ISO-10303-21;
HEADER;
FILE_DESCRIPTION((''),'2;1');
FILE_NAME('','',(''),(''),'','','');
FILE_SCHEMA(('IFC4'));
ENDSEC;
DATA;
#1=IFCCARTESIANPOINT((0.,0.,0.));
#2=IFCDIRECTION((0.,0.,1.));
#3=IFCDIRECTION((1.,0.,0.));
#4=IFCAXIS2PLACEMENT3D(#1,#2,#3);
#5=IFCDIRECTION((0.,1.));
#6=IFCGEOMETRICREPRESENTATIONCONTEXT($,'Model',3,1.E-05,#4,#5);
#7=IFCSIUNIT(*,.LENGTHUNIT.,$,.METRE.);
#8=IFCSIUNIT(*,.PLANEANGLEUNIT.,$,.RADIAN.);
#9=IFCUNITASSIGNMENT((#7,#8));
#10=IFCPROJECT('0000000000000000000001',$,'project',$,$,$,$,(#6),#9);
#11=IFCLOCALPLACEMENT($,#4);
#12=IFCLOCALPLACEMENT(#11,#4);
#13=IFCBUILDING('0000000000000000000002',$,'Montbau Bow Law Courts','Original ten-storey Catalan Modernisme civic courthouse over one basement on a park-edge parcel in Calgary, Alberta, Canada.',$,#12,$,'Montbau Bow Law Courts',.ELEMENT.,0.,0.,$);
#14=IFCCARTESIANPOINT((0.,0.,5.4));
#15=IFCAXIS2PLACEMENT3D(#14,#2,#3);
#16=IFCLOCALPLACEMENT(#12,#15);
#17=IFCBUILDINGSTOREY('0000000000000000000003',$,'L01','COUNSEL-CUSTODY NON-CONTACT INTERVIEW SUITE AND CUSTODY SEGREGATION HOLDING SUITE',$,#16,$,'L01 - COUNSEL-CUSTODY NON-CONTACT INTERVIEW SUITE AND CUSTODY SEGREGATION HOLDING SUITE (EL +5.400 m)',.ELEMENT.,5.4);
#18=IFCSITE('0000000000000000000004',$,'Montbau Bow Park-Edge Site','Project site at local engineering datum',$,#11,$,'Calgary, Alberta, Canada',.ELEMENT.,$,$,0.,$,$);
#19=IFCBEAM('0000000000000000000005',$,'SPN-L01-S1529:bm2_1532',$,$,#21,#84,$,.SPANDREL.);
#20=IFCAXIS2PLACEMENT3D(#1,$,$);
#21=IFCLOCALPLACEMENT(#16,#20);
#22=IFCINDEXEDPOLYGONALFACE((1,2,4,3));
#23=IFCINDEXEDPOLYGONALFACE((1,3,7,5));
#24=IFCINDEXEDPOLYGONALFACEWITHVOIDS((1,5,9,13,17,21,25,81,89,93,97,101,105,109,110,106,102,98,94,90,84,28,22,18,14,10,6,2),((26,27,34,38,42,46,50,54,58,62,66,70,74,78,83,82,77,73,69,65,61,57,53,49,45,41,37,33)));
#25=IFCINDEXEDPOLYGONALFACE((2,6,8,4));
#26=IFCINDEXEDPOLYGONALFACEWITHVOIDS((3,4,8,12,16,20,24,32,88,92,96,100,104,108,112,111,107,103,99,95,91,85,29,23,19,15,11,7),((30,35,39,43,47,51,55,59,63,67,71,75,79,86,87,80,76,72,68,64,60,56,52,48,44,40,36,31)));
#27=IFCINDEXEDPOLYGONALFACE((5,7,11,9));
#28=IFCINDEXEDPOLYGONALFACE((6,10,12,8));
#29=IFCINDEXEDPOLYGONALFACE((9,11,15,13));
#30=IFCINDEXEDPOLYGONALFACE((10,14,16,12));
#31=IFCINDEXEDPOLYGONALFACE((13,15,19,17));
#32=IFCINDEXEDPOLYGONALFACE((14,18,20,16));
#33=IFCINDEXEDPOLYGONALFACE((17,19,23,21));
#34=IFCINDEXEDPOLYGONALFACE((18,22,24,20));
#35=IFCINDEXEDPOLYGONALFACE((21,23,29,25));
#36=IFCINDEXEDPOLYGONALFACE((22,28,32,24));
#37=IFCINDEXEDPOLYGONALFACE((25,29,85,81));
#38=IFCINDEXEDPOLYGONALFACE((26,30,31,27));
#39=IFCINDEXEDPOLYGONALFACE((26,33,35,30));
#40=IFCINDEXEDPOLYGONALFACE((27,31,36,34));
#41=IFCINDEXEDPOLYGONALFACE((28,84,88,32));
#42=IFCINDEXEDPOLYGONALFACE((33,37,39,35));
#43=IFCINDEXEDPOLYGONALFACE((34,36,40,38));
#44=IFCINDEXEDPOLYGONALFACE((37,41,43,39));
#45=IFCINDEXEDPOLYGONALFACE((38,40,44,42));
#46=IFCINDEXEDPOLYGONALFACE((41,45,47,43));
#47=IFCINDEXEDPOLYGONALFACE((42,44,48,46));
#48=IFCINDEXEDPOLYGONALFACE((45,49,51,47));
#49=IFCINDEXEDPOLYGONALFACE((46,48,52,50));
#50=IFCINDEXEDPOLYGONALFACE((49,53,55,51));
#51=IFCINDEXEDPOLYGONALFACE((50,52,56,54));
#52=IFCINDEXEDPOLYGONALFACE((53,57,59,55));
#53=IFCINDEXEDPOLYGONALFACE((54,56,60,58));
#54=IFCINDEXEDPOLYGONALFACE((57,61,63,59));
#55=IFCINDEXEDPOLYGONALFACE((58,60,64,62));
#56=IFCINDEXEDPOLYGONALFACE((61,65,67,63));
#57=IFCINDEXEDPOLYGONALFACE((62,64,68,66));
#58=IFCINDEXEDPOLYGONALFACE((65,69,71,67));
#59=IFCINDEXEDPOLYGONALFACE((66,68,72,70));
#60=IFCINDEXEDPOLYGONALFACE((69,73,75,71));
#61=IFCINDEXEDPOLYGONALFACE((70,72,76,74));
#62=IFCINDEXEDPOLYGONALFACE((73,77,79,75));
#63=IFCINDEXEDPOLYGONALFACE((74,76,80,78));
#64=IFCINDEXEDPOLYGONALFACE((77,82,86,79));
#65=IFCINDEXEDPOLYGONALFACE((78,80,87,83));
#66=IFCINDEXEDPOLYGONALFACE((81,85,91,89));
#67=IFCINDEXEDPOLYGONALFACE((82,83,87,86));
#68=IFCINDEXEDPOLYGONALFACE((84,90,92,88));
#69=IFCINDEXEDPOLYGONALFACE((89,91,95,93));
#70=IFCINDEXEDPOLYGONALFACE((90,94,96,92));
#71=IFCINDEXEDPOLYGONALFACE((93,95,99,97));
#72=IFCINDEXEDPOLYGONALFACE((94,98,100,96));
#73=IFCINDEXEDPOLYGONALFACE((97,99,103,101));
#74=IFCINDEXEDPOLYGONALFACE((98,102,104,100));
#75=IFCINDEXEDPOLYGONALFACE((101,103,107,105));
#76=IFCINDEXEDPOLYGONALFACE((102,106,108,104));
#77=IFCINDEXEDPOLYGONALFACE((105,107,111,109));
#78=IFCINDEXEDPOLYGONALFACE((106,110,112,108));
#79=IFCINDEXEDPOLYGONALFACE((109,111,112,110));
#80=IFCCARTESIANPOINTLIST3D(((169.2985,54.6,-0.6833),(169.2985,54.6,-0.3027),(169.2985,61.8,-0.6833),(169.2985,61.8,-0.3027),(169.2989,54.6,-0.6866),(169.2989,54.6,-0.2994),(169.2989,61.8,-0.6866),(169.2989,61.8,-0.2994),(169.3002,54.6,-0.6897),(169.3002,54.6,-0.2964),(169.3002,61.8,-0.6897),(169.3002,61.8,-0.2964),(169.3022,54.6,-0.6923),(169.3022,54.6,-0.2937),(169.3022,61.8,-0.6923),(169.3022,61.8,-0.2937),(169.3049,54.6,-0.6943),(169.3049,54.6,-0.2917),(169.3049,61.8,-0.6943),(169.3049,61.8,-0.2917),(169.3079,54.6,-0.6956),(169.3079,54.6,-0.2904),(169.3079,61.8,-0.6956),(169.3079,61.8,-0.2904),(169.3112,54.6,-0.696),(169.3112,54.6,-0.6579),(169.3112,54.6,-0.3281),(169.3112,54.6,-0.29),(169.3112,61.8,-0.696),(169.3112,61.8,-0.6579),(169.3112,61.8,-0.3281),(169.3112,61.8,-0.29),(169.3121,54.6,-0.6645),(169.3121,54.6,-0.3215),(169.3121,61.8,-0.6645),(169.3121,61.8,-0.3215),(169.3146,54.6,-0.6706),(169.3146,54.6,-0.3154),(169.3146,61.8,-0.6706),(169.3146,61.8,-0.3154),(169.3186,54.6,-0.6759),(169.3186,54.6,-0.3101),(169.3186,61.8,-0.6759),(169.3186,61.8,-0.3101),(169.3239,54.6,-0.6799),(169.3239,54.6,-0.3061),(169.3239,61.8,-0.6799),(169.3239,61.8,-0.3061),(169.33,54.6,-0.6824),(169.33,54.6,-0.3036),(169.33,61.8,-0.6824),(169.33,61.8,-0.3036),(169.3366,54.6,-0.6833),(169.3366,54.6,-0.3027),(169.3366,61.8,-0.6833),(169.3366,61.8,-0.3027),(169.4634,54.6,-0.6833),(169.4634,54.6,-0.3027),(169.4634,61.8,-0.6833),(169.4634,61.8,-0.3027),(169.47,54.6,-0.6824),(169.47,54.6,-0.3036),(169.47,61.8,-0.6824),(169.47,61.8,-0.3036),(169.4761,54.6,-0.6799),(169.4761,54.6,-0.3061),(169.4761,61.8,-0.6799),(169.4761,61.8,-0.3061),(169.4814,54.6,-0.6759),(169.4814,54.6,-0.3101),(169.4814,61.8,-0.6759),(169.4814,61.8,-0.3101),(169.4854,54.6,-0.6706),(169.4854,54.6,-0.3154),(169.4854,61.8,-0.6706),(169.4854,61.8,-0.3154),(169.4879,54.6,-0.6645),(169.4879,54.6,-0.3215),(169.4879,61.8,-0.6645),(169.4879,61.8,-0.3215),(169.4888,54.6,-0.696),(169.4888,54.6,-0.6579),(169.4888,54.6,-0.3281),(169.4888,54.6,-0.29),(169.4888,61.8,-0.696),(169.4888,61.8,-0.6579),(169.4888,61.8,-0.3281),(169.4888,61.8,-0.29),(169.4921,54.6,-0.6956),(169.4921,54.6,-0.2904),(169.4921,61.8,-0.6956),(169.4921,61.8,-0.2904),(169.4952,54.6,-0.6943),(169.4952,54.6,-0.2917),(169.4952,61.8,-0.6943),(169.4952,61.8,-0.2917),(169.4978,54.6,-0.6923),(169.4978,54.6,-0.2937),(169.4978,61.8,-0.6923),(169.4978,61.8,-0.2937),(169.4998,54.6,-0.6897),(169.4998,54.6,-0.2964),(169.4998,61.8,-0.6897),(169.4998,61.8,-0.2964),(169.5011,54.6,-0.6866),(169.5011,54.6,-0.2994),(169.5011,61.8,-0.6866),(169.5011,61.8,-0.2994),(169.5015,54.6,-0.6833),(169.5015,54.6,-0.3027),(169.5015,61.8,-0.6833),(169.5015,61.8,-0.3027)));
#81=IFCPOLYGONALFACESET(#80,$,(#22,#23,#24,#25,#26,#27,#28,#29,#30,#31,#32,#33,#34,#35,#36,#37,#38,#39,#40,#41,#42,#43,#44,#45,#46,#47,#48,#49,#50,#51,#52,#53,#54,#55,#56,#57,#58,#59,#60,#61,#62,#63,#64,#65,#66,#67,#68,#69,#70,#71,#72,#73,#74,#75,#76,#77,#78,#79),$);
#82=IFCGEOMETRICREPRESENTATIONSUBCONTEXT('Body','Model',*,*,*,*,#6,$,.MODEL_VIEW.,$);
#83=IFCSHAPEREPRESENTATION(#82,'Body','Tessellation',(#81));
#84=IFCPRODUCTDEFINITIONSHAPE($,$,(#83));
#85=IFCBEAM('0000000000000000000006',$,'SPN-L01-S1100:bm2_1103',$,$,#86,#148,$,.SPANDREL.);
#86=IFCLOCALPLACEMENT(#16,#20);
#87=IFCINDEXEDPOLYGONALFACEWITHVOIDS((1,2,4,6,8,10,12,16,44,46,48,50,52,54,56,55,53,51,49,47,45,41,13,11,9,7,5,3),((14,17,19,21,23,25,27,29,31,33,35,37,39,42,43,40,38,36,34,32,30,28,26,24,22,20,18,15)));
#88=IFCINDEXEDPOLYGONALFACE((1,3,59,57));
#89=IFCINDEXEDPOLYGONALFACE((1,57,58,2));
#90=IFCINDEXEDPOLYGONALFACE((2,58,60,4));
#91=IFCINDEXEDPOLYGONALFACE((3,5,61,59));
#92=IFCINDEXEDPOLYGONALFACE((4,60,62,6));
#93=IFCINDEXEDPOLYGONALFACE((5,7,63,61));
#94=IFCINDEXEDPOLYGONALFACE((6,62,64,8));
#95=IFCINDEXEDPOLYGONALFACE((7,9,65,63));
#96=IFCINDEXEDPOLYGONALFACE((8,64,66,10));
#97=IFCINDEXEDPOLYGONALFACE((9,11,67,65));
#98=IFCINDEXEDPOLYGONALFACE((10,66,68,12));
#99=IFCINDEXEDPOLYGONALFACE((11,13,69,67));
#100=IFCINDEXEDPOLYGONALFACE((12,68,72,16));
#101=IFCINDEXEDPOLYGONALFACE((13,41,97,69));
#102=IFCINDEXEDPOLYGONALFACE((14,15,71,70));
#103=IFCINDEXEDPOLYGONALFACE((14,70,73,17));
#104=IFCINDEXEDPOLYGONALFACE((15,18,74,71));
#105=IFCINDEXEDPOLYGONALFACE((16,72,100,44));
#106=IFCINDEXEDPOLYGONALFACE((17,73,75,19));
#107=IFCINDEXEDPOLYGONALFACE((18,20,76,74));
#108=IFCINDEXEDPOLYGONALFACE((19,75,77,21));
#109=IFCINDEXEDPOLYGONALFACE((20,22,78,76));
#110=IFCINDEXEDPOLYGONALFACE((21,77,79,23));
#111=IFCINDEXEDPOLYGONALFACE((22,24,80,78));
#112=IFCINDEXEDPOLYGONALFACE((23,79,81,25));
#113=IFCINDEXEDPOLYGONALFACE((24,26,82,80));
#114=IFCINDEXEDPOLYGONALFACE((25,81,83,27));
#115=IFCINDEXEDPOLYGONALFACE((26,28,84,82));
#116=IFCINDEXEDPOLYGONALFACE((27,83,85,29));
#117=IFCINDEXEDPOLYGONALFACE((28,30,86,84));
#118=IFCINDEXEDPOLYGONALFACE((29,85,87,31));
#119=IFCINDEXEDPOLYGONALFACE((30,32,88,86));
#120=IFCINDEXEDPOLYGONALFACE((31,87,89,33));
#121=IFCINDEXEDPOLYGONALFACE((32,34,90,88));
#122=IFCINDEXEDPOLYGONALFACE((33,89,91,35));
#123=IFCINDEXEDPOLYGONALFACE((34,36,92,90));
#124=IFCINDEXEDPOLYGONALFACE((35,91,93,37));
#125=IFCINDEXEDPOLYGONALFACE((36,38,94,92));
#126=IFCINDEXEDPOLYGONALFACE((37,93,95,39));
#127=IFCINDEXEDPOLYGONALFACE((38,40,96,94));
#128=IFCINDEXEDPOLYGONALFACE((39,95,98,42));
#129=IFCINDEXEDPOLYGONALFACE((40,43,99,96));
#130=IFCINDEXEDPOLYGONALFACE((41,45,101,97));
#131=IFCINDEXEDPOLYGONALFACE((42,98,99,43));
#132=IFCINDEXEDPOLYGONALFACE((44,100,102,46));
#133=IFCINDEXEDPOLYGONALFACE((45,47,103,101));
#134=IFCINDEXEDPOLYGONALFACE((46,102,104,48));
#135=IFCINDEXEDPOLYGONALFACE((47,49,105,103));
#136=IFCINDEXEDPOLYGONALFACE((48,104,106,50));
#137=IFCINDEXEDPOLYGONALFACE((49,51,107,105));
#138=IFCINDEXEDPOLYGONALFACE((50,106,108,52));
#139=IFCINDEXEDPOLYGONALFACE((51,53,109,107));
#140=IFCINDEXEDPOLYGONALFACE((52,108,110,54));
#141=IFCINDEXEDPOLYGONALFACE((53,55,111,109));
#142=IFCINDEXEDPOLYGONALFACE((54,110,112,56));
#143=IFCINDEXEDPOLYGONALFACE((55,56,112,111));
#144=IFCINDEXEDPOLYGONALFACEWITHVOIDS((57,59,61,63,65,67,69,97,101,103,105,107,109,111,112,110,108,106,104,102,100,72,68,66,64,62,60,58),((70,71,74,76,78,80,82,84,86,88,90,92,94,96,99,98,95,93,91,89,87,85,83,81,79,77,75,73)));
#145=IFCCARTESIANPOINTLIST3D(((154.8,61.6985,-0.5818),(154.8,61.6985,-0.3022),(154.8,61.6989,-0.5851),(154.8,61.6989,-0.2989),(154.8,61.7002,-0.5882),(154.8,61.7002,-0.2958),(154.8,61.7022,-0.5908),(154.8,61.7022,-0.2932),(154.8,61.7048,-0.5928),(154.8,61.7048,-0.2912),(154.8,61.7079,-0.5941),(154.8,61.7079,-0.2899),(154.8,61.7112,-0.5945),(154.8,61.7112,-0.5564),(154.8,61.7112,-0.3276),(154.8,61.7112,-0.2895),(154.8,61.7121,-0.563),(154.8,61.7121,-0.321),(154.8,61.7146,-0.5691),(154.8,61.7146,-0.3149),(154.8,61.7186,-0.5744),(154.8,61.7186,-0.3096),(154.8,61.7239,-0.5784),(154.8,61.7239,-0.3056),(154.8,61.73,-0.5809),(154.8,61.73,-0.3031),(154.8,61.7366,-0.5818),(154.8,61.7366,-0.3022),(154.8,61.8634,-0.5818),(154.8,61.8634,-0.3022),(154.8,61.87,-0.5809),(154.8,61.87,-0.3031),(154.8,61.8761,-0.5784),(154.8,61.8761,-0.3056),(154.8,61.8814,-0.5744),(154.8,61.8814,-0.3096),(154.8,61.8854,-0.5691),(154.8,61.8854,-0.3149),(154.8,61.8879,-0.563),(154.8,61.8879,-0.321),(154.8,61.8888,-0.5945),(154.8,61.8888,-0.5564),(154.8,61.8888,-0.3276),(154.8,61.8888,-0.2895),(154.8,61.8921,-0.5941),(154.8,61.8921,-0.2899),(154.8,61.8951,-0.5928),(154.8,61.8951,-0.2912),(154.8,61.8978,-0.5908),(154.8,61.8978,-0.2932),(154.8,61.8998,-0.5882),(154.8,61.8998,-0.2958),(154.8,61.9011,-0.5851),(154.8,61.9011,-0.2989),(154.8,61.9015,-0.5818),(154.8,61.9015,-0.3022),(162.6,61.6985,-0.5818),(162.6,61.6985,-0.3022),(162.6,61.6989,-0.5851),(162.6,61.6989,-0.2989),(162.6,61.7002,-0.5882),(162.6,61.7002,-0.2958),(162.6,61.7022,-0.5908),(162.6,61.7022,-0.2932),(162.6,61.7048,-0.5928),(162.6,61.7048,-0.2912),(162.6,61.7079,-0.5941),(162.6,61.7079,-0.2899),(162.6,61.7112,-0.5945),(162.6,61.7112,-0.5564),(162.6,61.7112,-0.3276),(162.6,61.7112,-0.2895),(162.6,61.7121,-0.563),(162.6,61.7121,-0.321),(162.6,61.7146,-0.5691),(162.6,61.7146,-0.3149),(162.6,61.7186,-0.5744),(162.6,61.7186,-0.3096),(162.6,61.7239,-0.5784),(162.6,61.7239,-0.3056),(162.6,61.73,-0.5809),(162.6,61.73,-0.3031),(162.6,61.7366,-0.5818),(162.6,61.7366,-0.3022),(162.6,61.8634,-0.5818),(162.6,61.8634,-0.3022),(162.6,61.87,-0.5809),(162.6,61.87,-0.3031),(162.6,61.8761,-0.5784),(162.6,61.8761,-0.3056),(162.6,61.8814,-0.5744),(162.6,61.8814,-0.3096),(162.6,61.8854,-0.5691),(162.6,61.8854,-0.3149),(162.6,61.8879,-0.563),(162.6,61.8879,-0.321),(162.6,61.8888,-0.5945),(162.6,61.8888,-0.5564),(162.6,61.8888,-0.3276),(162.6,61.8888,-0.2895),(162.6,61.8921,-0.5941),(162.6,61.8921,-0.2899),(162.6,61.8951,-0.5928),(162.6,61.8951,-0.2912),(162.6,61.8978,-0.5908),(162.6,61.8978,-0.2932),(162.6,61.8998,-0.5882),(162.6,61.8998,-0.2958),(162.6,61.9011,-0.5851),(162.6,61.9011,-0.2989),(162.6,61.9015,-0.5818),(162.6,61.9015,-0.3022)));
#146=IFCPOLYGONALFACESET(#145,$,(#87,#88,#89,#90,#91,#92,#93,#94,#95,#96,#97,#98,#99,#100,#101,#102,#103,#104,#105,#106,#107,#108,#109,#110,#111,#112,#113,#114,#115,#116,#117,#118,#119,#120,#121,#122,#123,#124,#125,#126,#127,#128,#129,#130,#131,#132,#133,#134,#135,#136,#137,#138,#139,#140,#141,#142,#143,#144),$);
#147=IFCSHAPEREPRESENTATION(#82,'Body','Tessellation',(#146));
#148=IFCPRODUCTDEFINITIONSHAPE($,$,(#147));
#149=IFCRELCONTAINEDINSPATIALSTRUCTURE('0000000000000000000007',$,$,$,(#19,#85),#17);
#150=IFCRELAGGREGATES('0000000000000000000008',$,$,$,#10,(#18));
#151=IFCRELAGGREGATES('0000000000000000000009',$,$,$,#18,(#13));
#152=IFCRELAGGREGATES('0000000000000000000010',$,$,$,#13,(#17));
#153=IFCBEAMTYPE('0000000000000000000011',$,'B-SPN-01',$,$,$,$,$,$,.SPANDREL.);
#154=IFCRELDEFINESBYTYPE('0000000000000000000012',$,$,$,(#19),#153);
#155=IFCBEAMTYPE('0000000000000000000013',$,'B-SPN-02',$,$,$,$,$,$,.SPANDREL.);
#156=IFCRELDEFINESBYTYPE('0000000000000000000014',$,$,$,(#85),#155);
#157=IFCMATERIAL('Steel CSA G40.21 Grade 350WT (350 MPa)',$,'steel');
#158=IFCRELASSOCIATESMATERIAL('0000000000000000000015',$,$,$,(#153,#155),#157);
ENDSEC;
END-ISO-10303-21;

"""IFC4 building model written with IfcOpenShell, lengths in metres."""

from ifc_helpers import new_model, si_unit, direction, frame, origin_with_axes, origin_2d_with_axis, place, context, subcontext, project, spatial, hollow_rectangle, extrude, material, material_profile, profile_set, type_object, element, save


model = new_model("IFC4")

# Units and contexts
model_context = context("Model", 3, precision=1e-05, world=origin_with_axes(), true_north=direction((0.0, 1.0)))
body_context = subcontext(model_context, "Body", "Model", "MODEL_VIEW")
ifc_project = project(units=[si_unit("LENGTHUNIT", "METRE"), si_unit("PLANEANGLEUNIT", "RADIAN")], contexts=[model_context])

# Site, building, storey
site_placement = place(None, origin_with_axes())
site = spatial("IfcSite", under=ifc_project, at=site_placement, Name="Montbau Bow Park-Edge Site", Description="Project site at local engineering datum", LongName="Calgary, Alberta, Canada", CompositionType="ELEMENT", RefElevation=0.0)
building_placement = place(site_placement, origin_with_axes())
building = spatial("IfcBuilding", under=site, at=building_placement, Name="Montbau Bow Law Courts", Description="Original ten-storey Catalan Modernisme civic courthouse over one basement on a park-edge parcel in Calgary, Alberta, Canada.", LongName="Montbau Bow Law Courts", CompositionType="ELEMENT", ElevationOfRefHeight=0.0, ElevationOfTerrain=0.0)
storey_placement = place(building_placement, frame((0.0, 0.0, 5.4), z_axis=(0.0, 0.0, 1.0), x_axis=(1.0, 0.0, 0.0)))
storey = spatial("IfcBuildingStorey", under=building, at=storey_placement, Name="L01", Description="COUNSEL-CUSTODY NON-CONTACT INTERVIEW SUITE AND CUSTODY SEGREGATION HOLDING SUITE", LongName="L01 - COUNSEL-CUSTODY NON-CONTACT INTERVIEW SUITE AND CUSTODY SEGREGATION HOLDING SUITE (EL +5.400 m)", CompositionType="ELEMENT", Elevation=5.4)

# Shared definitions
ifc_material_1 = material(Name="Steel CSA G40.21 Grade 350WT (350 MPa)", Category="steel")

# Beams
ifc_material_profile_1 = material_profile(ifc_material_1, hollow_rectangle(XDim=0.203, YDim=0.406, WallThickness=0.0127, InnerFilletRadius=0.0254, OuterFilletRadius=0.0127, at=origin_2d_with_axis()), Name="HSS406X203X13", Category="Main", Priority=0)
ifc_profile_set_1 = profile_set([ifc_material_profile_1], Name="Steel CSA G40.21 Grade 350WT (350 MPa)")
beam_type_1 = type_object("IfcBeamType", Name="B-SPN-01", PredefinedType="SPANDREL", material=ifc_profile_set_1)
beam_1_placement = place(None, frame((169.4, 54.6, 4.907), z_axis=(0.0, 1.0, 0.0), x_axis=(-1.0, 0.0, 0.0)))
element("IfcBeam", 1, at=beam_1_placement, inside=storey, type_object=beam_type_1, Name="SPN-L01-S1529:bm2_1532", PredefinedType="SPANDREL", context=body_context, shape_type="SweptSolid", body=[
    extrude(hollow_rectangle(XDim=0.203, YDim=0.406, WallThickness=0.0127, InnerFilletRadius=0.0254, OuterFilletRadius=0.0127, at=origin_2d_with_axis()), origin_with_axes(), (0.0, 0.0, 1.0), 7.2),
])
ifc_material_profile_2 = material_profile(ifc_material_1, hollow_rectangle(XDim=0.203, YDim=0.305, WallThickness=0.0127, InnerFilletRadius=0.0254, OuterFilletRadius=0.0127, at=origin_2d_with_axis()), Name="HSS305X203X13", Category="Main", Priority=0)
ifc_profile_set_2 = profile_set([ifc_material_profile_2], Name="Steel CSA G40.21 Grade 350WT (350 MPa)")
beam_type_2 = type_object("IfcBeamType", Name="B-SPN-02", PredefinedType="SPANDREL", material=ifc_profile_set_2)
beam_2_placement = place(None, frame((154.8, 61.8, 4.958), z_axis=(1.0, 0.0, 0.0), x_axis=(0.0, 1.0, 0.0)))
element("IfcBeam", 2, at=beam_2_placement, inside=storey, type_object=beam_type_2, Name="SPN-L01-S1100:bm2_1103", PredefinedType="SPANDREL", context=body_context, shape_type="SweptSolid", body=[
    extrude(hollow_rectangle(XDim=0.203, YDim=0.305, WallThickness=0.0127, InnerFilletRadius=0.0254, OuterFilletRadius=0.0127, at=origin_2d_with_axis()), origin_with_axes(), (0.0, 0.0, 1.0), 7.8),
])

save(model, "model.ifc")
